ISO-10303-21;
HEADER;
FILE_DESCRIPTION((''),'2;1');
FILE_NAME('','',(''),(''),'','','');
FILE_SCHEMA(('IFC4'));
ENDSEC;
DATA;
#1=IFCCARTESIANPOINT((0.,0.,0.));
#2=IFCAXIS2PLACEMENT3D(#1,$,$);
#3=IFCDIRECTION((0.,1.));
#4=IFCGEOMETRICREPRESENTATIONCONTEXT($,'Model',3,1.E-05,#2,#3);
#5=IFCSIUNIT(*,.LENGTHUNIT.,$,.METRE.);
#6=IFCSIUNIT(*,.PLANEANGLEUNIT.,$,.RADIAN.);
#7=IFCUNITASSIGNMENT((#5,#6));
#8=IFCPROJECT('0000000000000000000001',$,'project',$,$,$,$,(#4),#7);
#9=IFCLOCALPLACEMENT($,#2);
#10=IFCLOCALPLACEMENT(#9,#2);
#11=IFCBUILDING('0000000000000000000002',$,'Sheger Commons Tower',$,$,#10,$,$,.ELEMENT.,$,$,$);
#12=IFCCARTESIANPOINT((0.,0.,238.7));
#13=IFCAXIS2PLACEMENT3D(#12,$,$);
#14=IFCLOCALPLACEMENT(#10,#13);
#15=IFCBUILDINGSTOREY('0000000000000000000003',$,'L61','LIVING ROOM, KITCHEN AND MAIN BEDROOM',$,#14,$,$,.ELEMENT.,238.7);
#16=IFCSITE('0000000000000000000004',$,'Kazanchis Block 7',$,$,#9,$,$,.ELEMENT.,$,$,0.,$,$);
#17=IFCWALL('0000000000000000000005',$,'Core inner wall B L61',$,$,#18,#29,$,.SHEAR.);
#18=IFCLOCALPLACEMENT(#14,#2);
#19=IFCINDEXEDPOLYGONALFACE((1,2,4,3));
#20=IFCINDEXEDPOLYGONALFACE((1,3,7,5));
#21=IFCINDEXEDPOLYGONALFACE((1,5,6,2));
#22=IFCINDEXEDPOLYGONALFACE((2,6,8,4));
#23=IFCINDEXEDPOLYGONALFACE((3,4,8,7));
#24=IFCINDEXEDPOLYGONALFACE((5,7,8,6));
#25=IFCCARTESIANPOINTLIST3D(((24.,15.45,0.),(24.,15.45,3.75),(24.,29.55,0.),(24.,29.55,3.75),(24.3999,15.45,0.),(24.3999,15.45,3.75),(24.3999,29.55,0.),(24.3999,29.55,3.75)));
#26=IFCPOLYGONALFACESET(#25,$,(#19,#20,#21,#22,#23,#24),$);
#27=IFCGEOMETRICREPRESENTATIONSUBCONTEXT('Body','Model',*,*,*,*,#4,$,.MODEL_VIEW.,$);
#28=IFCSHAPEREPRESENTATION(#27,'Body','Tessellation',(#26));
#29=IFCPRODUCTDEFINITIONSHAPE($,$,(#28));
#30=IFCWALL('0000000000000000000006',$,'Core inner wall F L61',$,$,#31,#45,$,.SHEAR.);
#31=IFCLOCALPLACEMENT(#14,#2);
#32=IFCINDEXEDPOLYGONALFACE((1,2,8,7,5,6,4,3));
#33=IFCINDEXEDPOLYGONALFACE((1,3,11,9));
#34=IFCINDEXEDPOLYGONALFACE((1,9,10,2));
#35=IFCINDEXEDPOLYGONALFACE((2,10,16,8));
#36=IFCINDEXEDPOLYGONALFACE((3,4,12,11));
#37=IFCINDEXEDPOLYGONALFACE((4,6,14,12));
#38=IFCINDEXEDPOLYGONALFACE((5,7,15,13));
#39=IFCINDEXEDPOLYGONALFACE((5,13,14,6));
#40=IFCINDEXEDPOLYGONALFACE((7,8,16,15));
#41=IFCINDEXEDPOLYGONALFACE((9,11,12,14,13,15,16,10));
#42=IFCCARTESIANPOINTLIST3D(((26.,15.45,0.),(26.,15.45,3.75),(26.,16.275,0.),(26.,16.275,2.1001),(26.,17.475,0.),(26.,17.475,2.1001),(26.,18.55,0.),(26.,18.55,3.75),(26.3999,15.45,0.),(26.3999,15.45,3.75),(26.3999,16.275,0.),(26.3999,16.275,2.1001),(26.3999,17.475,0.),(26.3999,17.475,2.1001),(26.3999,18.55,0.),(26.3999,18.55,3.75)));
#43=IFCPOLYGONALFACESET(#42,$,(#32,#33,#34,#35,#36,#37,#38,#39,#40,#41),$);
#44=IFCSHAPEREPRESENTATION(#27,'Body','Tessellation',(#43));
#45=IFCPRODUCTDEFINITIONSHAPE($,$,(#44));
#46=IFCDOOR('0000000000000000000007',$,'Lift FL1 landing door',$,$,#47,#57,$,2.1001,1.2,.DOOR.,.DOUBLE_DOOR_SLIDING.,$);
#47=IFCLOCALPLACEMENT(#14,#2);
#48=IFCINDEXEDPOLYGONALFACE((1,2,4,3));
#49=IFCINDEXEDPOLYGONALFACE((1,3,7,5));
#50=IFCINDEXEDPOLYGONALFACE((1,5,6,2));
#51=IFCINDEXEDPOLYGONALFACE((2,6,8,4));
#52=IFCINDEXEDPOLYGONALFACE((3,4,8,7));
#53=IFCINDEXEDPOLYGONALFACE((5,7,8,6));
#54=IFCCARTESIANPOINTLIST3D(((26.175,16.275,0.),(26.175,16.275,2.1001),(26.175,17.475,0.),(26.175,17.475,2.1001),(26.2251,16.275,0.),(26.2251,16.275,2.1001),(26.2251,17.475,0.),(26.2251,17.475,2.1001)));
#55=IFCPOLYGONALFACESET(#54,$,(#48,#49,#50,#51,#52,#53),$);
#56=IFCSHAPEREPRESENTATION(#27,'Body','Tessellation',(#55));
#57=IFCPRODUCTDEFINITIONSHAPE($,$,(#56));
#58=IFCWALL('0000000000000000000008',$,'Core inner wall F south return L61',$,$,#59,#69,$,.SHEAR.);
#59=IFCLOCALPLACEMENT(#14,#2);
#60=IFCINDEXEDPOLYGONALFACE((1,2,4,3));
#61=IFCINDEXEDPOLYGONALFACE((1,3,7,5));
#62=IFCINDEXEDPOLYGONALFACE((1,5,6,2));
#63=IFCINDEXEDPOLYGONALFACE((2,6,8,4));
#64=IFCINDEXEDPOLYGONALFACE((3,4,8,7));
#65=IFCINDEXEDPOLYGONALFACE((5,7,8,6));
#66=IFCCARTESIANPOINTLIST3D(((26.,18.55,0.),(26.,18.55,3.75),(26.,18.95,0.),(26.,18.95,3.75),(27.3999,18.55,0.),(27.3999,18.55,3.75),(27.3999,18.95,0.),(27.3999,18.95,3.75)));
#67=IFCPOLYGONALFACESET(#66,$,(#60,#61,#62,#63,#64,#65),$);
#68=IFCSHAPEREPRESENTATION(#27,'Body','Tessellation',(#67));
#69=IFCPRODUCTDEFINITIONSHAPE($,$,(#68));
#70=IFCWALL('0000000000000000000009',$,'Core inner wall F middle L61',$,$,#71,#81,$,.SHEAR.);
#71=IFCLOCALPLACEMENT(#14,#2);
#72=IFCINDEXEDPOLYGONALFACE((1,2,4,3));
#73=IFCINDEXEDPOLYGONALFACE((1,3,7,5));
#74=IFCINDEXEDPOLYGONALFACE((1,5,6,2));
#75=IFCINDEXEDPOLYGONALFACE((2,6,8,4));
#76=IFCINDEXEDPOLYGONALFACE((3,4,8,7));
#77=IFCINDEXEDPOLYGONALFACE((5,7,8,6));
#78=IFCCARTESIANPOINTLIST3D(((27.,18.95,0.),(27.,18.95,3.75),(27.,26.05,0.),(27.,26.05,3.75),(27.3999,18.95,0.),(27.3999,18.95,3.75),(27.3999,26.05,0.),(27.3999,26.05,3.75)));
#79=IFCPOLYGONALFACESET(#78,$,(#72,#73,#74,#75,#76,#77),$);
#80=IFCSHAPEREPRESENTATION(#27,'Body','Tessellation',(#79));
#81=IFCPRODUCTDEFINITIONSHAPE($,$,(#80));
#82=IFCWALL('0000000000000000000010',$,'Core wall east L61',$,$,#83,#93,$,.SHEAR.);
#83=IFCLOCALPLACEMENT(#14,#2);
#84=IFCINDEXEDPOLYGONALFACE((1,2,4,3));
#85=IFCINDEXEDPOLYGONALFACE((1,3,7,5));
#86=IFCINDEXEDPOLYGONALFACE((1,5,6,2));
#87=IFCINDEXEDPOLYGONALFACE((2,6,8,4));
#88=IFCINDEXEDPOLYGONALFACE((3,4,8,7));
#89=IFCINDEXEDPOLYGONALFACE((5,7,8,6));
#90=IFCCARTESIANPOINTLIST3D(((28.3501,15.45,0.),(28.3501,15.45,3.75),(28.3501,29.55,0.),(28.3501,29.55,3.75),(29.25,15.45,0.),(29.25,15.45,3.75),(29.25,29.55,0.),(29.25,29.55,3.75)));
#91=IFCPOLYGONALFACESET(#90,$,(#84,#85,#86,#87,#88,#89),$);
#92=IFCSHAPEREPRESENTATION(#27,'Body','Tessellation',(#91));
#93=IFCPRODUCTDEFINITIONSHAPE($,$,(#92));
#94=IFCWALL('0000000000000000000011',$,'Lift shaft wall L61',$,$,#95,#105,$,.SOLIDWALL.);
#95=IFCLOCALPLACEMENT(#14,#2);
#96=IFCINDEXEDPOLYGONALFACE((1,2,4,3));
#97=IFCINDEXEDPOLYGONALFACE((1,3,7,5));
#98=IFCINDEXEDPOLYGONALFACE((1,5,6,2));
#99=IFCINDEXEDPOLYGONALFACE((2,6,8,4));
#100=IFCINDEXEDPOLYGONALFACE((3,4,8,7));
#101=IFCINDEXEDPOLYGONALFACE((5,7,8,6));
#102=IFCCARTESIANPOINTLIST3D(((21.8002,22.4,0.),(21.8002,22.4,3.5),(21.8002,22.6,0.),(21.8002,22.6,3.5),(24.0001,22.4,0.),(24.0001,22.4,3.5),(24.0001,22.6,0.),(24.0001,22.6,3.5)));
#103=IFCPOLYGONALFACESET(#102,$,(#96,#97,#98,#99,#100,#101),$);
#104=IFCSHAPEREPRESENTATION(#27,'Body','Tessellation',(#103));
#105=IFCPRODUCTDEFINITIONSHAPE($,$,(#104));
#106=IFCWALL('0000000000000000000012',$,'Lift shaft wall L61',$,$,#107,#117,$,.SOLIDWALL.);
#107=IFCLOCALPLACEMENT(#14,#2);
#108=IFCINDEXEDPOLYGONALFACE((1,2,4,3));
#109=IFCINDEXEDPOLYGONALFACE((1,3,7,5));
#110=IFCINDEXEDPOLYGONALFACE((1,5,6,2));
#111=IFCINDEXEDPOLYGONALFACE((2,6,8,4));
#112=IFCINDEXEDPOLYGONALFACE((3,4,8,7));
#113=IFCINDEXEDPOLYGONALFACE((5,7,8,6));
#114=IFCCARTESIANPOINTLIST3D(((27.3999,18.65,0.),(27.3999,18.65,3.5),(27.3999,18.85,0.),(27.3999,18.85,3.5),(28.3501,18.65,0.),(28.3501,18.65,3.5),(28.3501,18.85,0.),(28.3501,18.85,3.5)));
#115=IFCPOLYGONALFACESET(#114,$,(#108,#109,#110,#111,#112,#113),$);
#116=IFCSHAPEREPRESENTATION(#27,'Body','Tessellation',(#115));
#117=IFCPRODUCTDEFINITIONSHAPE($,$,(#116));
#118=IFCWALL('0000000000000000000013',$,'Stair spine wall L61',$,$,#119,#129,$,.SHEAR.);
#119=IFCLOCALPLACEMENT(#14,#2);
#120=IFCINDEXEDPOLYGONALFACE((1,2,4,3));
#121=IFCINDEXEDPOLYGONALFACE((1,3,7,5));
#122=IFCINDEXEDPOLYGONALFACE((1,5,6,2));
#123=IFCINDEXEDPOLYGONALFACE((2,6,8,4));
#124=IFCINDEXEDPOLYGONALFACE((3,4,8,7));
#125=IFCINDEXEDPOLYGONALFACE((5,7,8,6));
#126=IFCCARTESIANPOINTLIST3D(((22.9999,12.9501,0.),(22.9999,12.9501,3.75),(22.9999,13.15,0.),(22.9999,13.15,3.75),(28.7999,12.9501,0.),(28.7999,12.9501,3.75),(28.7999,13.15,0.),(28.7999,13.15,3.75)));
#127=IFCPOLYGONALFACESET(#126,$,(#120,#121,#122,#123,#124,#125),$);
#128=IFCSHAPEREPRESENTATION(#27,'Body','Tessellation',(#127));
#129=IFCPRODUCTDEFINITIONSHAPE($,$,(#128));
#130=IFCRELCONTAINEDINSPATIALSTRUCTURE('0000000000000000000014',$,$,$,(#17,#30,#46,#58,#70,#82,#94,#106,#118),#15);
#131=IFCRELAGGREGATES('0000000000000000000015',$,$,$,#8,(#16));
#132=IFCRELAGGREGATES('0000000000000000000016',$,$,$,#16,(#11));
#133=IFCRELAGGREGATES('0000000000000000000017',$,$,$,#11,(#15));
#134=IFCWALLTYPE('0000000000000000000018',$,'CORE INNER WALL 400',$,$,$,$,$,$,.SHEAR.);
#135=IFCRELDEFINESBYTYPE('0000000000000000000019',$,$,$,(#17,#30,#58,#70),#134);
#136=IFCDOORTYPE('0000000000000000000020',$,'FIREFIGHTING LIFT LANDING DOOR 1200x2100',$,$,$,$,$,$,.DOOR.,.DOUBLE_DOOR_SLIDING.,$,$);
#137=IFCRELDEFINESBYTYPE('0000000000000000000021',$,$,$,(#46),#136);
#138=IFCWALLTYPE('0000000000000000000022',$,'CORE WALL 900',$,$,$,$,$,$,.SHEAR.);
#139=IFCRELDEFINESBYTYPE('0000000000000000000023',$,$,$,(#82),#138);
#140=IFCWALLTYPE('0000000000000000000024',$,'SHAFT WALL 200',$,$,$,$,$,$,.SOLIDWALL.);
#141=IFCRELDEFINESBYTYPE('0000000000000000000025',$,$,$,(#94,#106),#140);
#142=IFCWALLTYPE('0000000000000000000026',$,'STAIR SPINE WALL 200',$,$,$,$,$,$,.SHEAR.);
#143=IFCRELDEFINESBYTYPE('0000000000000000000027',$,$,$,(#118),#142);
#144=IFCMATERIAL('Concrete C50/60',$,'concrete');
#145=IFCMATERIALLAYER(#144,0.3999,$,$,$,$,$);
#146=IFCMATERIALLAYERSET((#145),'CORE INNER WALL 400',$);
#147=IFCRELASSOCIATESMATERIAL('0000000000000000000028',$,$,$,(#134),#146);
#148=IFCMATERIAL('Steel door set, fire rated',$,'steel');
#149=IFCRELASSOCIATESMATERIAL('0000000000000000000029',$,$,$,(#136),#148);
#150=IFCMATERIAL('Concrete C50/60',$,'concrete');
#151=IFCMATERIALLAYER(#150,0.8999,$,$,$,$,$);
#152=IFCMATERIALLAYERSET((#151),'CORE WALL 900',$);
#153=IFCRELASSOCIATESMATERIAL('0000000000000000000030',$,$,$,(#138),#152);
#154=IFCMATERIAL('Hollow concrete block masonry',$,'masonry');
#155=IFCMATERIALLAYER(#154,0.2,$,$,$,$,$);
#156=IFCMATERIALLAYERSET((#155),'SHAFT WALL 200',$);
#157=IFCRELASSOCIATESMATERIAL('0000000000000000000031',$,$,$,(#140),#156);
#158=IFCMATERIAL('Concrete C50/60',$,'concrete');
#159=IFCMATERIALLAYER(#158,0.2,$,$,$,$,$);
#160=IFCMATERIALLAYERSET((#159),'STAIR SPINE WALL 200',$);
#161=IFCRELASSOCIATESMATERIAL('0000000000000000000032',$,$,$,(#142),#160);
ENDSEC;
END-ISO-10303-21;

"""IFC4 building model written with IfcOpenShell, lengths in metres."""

from ifc_helpers import new_model, si_unit, direction, frame, frame_2d, origin, place, context, subcontext, project, spatial, rectangle, extrude, material, layer, layer_set, type_object, element, fill, save


model = new_model("IFC4")

# Units and contexts
model_context = context("Model", 3, precision=1e-05, world=origin(), true_north=direction((0.0, 1.0)))
body_context = subcontext(model_context, "Body", "Model", "MODEL_VIEW")
ifc_project = project(units=[si_unit("LENGTHUNIT", "METRE"), si_unit("PLANEANGLEUNIT", "RADIAN")], contexts=[model_context])

# Site, building, storey
site_placement = place(None, origin())
site = spatial("IfcSite", under=ifc_project, at=site_placement, Name="Kazanchis Block 7", CompositionType="ELEMENT", RefElevation=0.0)
building_placement = place(site_placement, origin())
building = spatial("IfcBuilding", under=site, at=building_placement, Name="Sheger Commons Tower", CompositionType="ELEMENT")
storey_placement = place(building_placement, frame((0.0, 0.0, 238.7)))
storey = spatial("IfcBuildingStorey", under=building, at=storey_placement, Name="L61", Description="LIVING ROOM, KITCHEN AND MAIN BEDROOM", CompositionType="ELEMENT", Elevation=238.7)

# Wall
ifc_material_1 = material(Name="Concrete C50/60", Category="concrete")
ifc_layer_1 = layer(ifc_material_1, 0.3999)
ifc_layer_set_1 = layer_set([ifc_layer_1], Name="CORE INNER WALL 400")
wall_type_1 = type_object("IfcWallType", Name="CORE INNER WALL 400", PredefinedType="SHEAR", material=ifc_layer_set_1)
wall_1_placement = place(storey_placement, frame((24.2, 15.45, 0.0), z_axis=(0.0, 0.0, 1.0), x_axis=(0.0, 1.0, 0.0)))
element("IfcWall", 1, at=wall_1_placement, inside=storey, type_object=wall_type_1, Name="Core inner wall B L61", PredefinedType="SHEAR", context=body_context, shape_type="SweptSolid", body=[
    extrude(rectangle(XDim=14.1001, YDim=0.3999, at=frame_2d((7.05, 0.0))), origin(), (0.0, 0.0, 1.0), 3.75),
])

# Wall, opening, door
wall_2_placement = place(storey_placement, frame((26.2, 15.45, 0.0), z_axis=(0.0, 0.0, 1.0), x_axis=(0.0, 1.0, 0.0)))
wall_2 = element("IfcWall", 2, at=wall_2_placement, inside=storey, type_object=wall_type_1, Name="Core inner wall F L61", PredefinedType="SHEAR", context=body_context, shape_type="SweptSolid", body=[
    extrude(rectangle(XDim=3.1001, YDim=0.3999, at=frame_2d((1.55, 0.0))), origin(), (0.0, 0.0, 1.0), 3.75),
])
opening_placement = place(wall_2_placement, frame((0.825, 0.0, 0.0)))
opening = element("IfcOpeningElement", 3, at=opening_placement, cuts=wall_2, PredefinedType="OPENING", context=body_context, shape_type="SweptSolid", body=[
    extrude(rectangle(XDim=1.2, YDim=2.1001, at=frame_2d((0.6001, 1.05))), frame((0.0, 0.21, 0.0), z_axis=(0.0, -1.0, 0.0), x_axis=(1.0, 0.0, 0.0)), (0.0, 0.0, 1.0), 0.4199),
])
ifc_material_2 = material(Name="Steel door set, fire rated", Category="steel")
door_type = type_object("IfcDoorType", Name="FIREFIGHTING LIFT LANDING DOOR 1200x2100", OperationType="DOUBLE_DOOR_SLIDING", PredefinedType="DOOR", material=ifc_material_2)
door_placement = place(opening_placement, origin())
door = element("IfcDoor", 4, at=door_placement, inside=storey, type_object=door_type, Name="Lift FL1 landing door", OperationType="DOUBLE_DOOR_SLIDING", OverallHeight=2.1001, OverallWidth=1.2, PredefinedType="DOOR", context=body_context, shape_type="SweptSolid", body=[
    extrude(rectangle(XDim=1.2, YDim=2.1001, at=frame_2d((0.6001, 1.05))), frame((0.0, 0.0249, 0.0), z_axis=(0.0, -1.0, 0.0), x_axis=(1.0, 0.0, 0.0)), (0.0, 0.0, 1.0), 0.05),
])
fill(opening, door)

# Walls
wall_3_placement = place(storey_placement, frame((26.0, 18.75, 0.0), z_axis=(0.0, 0.0, 1.0), x_axis=(1.0, 0.0, 0.0)))
element("IfcWall", 5, at=wall_3_placement, inside=storey, type_object=wall_type_1, Name="Core inner wall F south return L61", PredefinedType="SHEAR", context=body_context, shape_type="SweptSolid", body=[
    extrude(rectangle(XDim=1.3999, YDim=0.3999, at=frame_2d((0.7, 0.0))), origin(), (0.0, 0.0, 1.0), 3.75),
])
wall_4_placement = place(storey_placement, frame((27.2, 18.95, 0.0), z_axis=(0.0, 0.0, 1.0), x_axis=(0.0, 1.0, 0.0)))
element("IfcWall", 6, at=wall_4_placement, inside=storey, type_object=wall_type_1, Name="Core inner wall F middle L61", PredefinedType="SHEAR", context=body_context, shape_type="SweptSolid", body=[
    extrude(rectangle(XDim=7.1001, YDim=0.3999, at=frame_2d((3.55, 0.0))), origin(), (0.0, 0.0, 1.0), 3.75),
])
ifc_material_3 = material(Name="Concrete C50/60", Category="concrete")
ifc_layer_2 = layer(ifc_material_3, 0.8999)
ifc_layer_set_2 = layer_set([ifc_layer_2], Name="CORE WALL 900")
wall_type_2 = type_object("IfcWallType", Name="CORE WALL 900", PredefinedType="SHEAR", material=ifc_layer_set_2)
wall_5_placement = place(storey_placement, frame((28.8, 15.45, 0.0), z_axis=(0.0, 0.0, 1.0), x_axis=(0.0, 1.0, 0.0)))
element("IfcWall", 7, at=wall_5_placement, inside=storey, type_object=wall_type_2, Name="Core wall east L61", PredefinedType="SHEAR", context=body_context, shape_type="SweptSolid", body=[
    extrude(rectangle(XDim=14.1001, YDim=0.8999, at=frame_2d((7.05, 0.0))), origin(), (0.0, 0.0, 1.0), 3.75),
])
ifc_material_4 = material(Name="Hollow concrete block masonry", Category="masonry")
ifc_layer_3 = layer(ifc_material_4, 0.2)
ifc_layer_set_3 = layer_set([ifc_layer_3], Name="SHAFT WALL 200")
wall_type_3 = type_object("IfcWallType", Name="SHAFT WALL 200", PredefinedType="SOLIDWALL", material=ifc_layer_set_3)
wall_6_placement = place(storey_placement, frame((21.8, 22.5, 0.0), z_axis=(0.0, 0.0, 1.0), x_axis=(1.0, 0.0, 0.0)))
element("IfcWall", 8, at=wall_6_placement, inside=storey, type_object=wall_type_3, Name="Lift shaft wall L61", PredefinedType="SOLIDWALL", context=body_context, shape_type="SweptSolid", body=[
    extrude(rectangle(XDim=2.2, YDim=0.2, at=frame_2d((1.1001, 0.0))), origin(), (0.0, 0.0, 1.0), 3.5),
])
wall_7_placement = place(storey_placement, frame((27.3999, 18.75, 0.0), z_axis=(0.0, 0.0, 1.0), x_axis=(1.0, 0.0, 0.0)))
element("IfcWall", 9, at=wall_7_placement, inside=storey, type_object=wall_type_3, Name="Lift shaft wall L61", PredefinedType="SOLIDWALL", context=body_context, shape_type="SweptSolid", body=[
    extrude(rectangle(XDim=0.9502, YDim=0.2, at=frame_2d((0.4751, 0.0))), origin(), (0.0, 0.0, 1.0), 3.5),
])
ifc_material_5 = material(Name="Concrete C50/60", Category="concrete")
ifc_layer_4 = layer(ifc_material_5, 0.2)
ifc_layer_set_4 = layer_set([ifc_layer_4], Name="STAIR SPINE WALL 200")
wall_type_4 = type_object("IfcWallType", Name="STAIR SPINE WALL 200", PredefinedType="SHEAR", material=ifc_layer_set_4)
wall_8_placement = place(storey_placement, frame((23.0, 13.05, 0.0), z_axis=(0.0, 0.0, 1.0), x_axis=(1.0, 0.0, 0.0)))
element("IfcWall", 10, at=wall_8_placement, inside=storey, type_object=wall_type_4, Name="Stair spine wall L61", PredefinedType="SHEAR", context=body_context, shape_type="SweptSolid", body=[
    extrude(rectangle(XDim=5.8, YDim=0.2, at=frame_2d((2.8999, 0.0))), origin(), (0.0, 0.0, 1.0), 3.75),
])

save(model, "model.ifc")
